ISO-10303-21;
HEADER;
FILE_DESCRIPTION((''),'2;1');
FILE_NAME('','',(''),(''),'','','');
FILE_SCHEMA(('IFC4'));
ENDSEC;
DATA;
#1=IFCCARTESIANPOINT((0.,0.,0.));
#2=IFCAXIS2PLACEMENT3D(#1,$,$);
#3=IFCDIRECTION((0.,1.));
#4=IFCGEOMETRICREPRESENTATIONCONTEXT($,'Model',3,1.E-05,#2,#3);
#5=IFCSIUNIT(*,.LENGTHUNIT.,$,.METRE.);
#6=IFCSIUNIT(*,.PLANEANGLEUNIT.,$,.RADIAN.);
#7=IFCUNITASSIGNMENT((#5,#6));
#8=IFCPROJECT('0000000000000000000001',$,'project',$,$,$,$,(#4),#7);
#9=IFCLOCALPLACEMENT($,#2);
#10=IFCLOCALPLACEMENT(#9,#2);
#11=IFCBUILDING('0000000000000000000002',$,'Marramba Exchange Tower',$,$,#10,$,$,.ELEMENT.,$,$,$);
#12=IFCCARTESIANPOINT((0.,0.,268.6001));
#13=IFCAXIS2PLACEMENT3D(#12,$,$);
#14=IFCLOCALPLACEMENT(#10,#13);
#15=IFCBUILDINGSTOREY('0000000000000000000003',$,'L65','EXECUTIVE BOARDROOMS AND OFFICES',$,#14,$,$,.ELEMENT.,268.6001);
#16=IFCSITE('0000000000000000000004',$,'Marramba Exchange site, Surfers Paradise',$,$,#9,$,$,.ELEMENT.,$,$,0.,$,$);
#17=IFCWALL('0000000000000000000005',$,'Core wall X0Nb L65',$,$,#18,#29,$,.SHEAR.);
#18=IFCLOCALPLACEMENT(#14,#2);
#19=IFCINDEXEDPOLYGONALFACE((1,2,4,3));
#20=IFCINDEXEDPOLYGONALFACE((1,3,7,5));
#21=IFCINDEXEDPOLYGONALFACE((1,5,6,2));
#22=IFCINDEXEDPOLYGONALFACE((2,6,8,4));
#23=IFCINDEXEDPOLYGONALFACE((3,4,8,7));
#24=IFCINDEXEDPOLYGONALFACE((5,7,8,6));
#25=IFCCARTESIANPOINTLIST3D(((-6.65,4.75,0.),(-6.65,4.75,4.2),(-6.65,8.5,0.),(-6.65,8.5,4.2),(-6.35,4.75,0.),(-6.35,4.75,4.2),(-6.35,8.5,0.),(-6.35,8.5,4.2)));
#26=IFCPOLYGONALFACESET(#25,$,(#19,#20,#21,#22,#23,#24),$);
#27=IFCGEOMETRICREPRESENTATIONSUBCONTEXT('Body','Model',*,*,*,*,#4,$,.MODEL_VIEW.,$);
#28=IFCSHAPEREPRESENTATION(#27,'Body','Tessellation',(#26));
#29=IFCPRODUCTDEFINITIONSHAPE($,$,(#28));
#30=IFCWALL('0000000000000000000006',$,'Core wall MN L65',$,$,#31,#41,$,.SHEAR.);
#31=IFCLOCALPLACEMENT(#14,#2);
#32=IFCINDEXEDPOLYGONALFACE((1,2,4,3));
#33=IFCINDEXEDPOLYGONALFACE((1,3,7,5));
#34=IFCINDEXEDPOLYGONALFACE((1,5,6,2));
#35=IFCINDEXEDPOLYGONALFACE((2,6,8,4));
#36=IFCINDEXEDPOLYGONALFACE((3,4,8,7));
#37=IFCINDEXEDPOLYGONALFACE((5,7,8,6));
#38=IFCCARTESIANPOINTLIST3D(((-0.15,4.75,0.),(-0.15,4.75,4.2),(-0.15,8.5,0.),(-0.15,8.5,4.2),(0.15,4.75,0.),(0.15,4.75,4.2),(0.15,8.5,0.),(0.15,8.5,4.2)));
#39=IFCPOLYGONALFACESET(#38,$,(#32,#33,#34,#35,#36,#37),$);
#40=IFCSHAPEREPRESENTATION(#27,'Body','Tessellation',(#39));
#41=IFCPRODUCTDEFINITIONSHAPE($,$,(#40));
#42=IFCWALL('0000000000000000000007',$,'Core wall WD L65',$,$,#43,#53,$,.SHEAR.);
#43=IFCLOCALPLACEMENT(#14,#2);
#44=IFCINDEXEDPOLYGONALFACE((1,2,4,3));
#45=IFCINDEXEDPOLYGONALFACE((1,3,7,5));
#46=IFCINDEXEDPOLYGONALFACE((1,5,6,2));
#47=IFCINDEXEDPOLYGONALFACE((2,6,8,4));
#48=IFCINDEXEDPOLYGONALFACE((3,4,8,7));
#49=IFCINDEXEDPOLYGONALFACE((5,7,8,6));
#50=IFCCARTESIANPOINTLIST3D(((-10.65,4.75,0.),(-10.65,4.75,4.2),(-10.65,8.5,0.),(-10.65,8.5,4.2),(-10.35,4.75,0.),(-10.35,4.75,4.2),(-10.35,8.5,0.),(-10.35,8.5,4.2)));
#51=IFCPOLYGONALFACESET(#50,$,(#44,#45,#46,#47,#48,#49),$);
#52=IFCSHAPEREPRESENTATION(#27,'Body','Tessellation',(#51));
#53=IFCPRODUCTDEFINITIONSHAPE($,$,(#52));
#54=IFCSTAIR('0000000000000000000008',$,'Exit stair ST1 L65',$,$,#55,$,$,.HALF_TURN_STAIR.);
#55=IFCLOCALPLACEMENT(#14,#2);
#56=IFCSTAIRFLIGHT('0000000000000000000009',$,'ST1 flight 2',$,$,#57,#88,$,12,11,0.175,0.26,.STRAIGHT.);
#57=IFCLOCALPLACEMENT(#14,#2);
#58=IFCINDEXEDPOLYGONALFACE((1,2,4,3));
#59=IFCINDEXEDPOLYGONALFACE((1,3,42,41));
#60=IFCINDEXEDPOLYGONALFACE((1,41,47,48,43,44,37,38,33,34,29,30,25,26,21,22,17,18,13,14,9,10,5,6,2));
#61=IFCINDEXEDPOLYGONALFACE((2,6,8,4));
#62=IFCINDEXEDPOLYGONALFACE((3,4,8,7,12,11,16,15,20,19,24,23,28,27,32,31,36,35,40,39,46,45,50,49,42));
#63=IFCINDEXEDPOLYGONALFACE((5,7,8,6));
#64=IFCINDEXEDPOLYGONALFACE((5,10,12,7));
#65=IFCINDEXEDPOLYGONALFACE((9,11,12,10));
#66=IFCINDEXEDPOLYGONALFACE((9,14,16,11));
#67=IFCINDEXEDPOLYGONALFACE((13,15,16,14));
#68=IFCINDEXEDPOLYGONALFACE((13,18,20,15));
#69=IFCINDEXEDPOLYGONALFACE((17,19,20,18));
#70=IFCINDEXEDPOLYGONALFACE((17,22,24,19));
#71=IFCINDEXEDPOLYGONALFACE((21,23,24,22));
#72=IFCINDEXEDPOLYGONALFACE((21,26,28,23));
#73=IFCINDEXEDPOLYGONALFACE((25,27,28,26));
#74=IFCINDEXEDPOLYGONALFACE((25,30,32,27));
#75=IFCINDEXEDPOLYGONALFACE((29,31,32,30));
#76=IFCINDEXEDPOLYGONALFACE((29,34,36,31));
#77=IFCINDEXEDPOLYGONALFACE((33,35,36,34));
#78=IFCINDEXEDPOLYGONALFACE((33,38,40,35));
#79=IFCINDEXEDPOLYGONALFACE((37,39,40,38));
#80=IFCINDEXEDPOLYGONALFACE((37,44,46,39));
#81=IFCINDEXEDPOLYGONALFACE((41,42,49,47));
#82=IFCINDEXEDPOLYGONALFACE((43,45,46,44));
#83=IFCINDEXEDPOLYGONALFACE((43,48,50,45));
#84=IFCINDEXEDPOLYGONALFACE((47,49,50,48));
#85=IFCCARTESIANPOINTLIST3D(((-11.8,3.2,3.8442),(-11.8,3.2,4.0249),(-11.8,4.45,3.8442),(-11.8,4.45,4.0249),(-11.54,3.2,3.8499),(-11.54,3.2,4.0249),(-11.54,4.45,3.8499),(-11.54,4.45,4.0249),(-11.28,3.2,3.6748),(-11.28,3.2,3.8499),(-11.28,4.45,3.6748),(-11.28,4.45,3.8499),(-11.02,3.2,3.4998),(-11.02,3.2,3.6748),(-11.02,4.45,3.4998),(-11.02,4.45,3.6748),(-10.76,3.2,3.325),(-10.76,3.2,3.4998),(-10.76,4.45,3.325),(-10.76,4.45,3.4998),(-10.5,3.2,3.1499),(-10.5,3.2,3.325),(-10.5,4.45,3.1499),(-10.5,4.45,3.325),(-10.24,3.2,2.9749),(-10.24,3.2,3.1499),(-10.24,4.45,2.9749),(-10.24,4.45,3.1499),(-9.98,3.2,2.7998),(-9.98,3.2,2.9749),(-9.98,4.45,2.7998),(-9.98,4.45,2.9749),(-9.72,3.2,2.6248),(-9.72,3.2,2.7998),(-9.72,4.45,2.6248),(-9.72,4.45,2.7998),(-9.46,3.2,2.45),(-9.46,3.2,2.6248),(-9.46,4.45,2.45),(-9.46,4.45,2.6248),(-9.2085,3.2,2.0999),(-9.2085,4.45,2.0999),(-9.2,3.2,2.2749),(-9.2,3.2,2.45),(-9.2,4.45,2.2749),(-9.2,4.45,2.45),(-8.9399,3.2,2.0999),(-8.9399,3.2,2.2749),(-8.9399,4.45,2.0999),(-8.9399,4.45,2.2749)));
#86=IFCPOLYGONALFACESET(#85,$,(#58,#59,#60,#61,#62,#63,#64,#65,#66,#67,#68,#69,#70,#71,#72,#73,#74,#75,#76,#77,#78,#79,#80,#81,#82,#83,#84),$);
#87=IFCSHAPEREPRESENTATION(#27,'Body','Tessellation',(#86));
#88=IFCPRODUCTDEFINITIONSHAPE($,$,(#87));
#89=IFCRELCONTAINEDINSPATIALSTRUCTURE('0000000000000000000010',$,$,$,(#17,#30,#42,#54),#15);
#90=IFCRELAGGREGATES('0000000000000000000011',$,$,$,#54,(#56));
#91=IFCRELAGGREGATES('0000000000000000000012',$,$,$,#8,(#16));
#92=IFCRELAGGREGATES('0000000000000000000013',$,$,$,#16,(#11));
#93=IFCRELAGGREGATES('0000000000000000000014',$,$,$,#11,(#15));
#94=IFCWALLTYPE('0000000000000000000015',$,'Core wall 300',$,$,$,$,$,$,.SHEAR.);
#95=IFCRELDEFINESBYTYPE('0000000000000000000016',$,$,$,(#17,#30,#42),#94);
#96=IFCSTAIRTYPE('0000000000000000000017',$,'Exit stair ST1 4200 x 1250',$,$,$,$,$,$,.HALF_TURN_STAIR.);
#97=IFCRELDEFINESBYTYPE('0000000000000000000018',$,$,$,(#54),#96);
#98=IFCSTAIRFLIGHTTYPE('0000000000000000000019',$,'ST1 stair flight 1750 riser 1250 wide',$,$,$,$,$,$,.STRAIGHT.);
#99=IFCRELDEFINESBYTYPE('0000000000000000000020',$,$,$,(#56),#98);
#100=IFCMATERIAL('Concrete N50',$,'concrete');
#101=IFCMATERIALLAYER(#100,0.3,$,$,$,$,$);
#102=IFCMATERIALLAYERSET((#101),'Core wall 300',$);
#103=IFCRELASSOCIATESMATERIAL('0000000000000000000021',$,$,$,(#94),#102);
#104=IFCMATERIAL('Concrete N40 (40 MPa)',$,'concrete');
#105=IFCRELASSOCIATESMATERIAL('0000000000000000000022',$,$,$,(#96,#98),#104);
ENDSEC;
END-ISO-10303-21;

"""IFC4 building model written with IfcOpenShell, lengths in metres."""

from ifc_helpers import new_model, si_unit, direction, frame, frame_2d, origin, place, context, subcontext, project, spatial, polyline, rectangle, outline, extrude, material, layer, layer_set, type_object, element, aggregate, save


model = new_model("IFC4")

# Units and contexts
model_context = context("Model", 3, precision=1e-05, world=origin(), true_north=direction((0.0, 1.0)))
body_context = subcontext(model_context, "Body", "Model", "MODEL_VIEW")
ifc_project = project(units=[si_unit("LENGTHUNIT", "METRE"), si_unit("PLANEANGLEUNIT", "RADIAN")], contexts=[model_context])

# Site, building, storey
site_placement = place(None, origin())
site = spatial("IfcSite", under=ifc_project, at=site_placement, Name="Marramba Exchange site, Surfers Paradise", CompositionType="ELEMENT", RefElevation=0.0)
building_placement = place(site_placement, origin())
building = spatial("IfcBuilding", under=site, at=building_placement, Name="Marramba Exchange Tower", CompositionType="ELEMENT")
storey_placement = place(building_placement, frame((0.0, 0.0, 268.6001)))
storey = spatial("IfcBuildingStorey", under=building, at=storey_placement, Name="L65", Description="EXECUTIVE BOARDROOMS AND OFFICES", CompositionType="ELEMENT", Elevation=268.6001)

# Walls
ifc_material_1 = material(Name="Concrete N50", Category="concrete")
ifc_layer_1 = layer(ifc_material_1, 0.3)
ifc_layer_set_1 = layer_set([ifc_layer_1], Name="Core wall 300")
wall_type_1 = type_object("IfcWallType", Name="Core wall 300", PredefinedType="SHEAR", material=ifc_layer_set_1)
for number, where, z_axis, x_axis, name in (
    (1, (-6.5, 4.75, 0.0), (0.0, 0.0, 1.0), (0.0, 1.0, 0.0), "Core wall X0Nb L65"),
    (2, (0.0, 4.75, 0.0), (0.0, 0.0, 1.0), (0.0, 1.0, 0.0), "Core wall MN L65"),
    (3, (-10.5, 4.75, 0.0), (0.0, 0.0, 1.0), (0.0, 1.0, 0.0), "Core wall WD L65"),
):
    element("IfcWall", number, at=place(storey_placement, frame(where, z_axis=z_axis, x_axis=x_axis)), inside=storey, type_object=wall_type_1, Name=name, PredefinedType="SHEAR", context=body_context, shape_type="SweptSolid", body=[
        extrude(rectangle(XDim=3.75, YDim=0.3, at=frame_2d((1.875, 0.0))), origin(), (0.0, 0.0, 1.0), 4.2),
    ])

# Stair, stair flight
ifc_material_2 = material(Name="Concrete N40 (40 MPa)", Category="concrete")
stair_type = type_object("IfcStairType", Name="Exit stair ST1 4200 x 1250", PredefinedType="HALF_TURN_STAIR", material=ifc_material_2)
stair_placement = place(storey_placement, origin())
stair = element("IfcStair", 4, at=stair_placement, inside=storey, type_object=stair_type, Name="Exit stair ST1 L65", PredefinedType="HALF_TURN_STAIR")
stair_flight_type = type_object("IfcStairFlightType", Name="ST1 stair flight 1750 riser 1250 wide", PredefinedType="STRAIGHT", material=ifc_material_2)
stair_flight_placement = place(storey_placement, frame((-8.9399, 3.825, 2.0999), z_axis=(0.0, 0.0, 1.0), x_axis=(-1.0, 0.0, 0.0)))
stair_flight = element("IfcStairFlight", 5, at=stair_flight_placement, type_object=stair_flight_type, Name="ST1 flight 2", NumberOfRisers=12, NumberOfTreads=11, PredefinedType="STRAIGHT", RiserHeight=0.175, TreadLength=0.26, context=body_context, shape_type="SweptSolid", body=[
    extrude(outline(polyline([(0.0, 0.0), (0.0, 0.175), (0.26, 0.175), (0.26, 0.3501), (0.52, 0.3501), (0.52, 0.5249), (0.78, 0.5249), (0.78, 0.7), (1.04, 0.7), (1.04, 0.875), (1.3, 0.875), (1.3, 1.05), (1.5601, 1.05), (1.5601, 1.2251), (1.8201, 1.2251), (1.8201, 1.3999), (2.0801, 1.3999), (2.0801, 1.575), (2.3401, 1.575), (2.3401, 1.75), (2.6001, 1.75), (2.6001, 1.925), (2.8601, 1.925), (2.8601, 2.1001), (2.8601, 1.7444), (0.2686, 0.0), (0.0, 0.0)])), frame((0.0, 0.625, 0.0), z_axis=(0.0, -1.0, 0.0), x_axis=(1.0, 0.0, 0.0)), (0.0, 0.0, 1.0), 1.25),
])
aggregate(stair, [stair_flight])

save(model, "model.ifc")
